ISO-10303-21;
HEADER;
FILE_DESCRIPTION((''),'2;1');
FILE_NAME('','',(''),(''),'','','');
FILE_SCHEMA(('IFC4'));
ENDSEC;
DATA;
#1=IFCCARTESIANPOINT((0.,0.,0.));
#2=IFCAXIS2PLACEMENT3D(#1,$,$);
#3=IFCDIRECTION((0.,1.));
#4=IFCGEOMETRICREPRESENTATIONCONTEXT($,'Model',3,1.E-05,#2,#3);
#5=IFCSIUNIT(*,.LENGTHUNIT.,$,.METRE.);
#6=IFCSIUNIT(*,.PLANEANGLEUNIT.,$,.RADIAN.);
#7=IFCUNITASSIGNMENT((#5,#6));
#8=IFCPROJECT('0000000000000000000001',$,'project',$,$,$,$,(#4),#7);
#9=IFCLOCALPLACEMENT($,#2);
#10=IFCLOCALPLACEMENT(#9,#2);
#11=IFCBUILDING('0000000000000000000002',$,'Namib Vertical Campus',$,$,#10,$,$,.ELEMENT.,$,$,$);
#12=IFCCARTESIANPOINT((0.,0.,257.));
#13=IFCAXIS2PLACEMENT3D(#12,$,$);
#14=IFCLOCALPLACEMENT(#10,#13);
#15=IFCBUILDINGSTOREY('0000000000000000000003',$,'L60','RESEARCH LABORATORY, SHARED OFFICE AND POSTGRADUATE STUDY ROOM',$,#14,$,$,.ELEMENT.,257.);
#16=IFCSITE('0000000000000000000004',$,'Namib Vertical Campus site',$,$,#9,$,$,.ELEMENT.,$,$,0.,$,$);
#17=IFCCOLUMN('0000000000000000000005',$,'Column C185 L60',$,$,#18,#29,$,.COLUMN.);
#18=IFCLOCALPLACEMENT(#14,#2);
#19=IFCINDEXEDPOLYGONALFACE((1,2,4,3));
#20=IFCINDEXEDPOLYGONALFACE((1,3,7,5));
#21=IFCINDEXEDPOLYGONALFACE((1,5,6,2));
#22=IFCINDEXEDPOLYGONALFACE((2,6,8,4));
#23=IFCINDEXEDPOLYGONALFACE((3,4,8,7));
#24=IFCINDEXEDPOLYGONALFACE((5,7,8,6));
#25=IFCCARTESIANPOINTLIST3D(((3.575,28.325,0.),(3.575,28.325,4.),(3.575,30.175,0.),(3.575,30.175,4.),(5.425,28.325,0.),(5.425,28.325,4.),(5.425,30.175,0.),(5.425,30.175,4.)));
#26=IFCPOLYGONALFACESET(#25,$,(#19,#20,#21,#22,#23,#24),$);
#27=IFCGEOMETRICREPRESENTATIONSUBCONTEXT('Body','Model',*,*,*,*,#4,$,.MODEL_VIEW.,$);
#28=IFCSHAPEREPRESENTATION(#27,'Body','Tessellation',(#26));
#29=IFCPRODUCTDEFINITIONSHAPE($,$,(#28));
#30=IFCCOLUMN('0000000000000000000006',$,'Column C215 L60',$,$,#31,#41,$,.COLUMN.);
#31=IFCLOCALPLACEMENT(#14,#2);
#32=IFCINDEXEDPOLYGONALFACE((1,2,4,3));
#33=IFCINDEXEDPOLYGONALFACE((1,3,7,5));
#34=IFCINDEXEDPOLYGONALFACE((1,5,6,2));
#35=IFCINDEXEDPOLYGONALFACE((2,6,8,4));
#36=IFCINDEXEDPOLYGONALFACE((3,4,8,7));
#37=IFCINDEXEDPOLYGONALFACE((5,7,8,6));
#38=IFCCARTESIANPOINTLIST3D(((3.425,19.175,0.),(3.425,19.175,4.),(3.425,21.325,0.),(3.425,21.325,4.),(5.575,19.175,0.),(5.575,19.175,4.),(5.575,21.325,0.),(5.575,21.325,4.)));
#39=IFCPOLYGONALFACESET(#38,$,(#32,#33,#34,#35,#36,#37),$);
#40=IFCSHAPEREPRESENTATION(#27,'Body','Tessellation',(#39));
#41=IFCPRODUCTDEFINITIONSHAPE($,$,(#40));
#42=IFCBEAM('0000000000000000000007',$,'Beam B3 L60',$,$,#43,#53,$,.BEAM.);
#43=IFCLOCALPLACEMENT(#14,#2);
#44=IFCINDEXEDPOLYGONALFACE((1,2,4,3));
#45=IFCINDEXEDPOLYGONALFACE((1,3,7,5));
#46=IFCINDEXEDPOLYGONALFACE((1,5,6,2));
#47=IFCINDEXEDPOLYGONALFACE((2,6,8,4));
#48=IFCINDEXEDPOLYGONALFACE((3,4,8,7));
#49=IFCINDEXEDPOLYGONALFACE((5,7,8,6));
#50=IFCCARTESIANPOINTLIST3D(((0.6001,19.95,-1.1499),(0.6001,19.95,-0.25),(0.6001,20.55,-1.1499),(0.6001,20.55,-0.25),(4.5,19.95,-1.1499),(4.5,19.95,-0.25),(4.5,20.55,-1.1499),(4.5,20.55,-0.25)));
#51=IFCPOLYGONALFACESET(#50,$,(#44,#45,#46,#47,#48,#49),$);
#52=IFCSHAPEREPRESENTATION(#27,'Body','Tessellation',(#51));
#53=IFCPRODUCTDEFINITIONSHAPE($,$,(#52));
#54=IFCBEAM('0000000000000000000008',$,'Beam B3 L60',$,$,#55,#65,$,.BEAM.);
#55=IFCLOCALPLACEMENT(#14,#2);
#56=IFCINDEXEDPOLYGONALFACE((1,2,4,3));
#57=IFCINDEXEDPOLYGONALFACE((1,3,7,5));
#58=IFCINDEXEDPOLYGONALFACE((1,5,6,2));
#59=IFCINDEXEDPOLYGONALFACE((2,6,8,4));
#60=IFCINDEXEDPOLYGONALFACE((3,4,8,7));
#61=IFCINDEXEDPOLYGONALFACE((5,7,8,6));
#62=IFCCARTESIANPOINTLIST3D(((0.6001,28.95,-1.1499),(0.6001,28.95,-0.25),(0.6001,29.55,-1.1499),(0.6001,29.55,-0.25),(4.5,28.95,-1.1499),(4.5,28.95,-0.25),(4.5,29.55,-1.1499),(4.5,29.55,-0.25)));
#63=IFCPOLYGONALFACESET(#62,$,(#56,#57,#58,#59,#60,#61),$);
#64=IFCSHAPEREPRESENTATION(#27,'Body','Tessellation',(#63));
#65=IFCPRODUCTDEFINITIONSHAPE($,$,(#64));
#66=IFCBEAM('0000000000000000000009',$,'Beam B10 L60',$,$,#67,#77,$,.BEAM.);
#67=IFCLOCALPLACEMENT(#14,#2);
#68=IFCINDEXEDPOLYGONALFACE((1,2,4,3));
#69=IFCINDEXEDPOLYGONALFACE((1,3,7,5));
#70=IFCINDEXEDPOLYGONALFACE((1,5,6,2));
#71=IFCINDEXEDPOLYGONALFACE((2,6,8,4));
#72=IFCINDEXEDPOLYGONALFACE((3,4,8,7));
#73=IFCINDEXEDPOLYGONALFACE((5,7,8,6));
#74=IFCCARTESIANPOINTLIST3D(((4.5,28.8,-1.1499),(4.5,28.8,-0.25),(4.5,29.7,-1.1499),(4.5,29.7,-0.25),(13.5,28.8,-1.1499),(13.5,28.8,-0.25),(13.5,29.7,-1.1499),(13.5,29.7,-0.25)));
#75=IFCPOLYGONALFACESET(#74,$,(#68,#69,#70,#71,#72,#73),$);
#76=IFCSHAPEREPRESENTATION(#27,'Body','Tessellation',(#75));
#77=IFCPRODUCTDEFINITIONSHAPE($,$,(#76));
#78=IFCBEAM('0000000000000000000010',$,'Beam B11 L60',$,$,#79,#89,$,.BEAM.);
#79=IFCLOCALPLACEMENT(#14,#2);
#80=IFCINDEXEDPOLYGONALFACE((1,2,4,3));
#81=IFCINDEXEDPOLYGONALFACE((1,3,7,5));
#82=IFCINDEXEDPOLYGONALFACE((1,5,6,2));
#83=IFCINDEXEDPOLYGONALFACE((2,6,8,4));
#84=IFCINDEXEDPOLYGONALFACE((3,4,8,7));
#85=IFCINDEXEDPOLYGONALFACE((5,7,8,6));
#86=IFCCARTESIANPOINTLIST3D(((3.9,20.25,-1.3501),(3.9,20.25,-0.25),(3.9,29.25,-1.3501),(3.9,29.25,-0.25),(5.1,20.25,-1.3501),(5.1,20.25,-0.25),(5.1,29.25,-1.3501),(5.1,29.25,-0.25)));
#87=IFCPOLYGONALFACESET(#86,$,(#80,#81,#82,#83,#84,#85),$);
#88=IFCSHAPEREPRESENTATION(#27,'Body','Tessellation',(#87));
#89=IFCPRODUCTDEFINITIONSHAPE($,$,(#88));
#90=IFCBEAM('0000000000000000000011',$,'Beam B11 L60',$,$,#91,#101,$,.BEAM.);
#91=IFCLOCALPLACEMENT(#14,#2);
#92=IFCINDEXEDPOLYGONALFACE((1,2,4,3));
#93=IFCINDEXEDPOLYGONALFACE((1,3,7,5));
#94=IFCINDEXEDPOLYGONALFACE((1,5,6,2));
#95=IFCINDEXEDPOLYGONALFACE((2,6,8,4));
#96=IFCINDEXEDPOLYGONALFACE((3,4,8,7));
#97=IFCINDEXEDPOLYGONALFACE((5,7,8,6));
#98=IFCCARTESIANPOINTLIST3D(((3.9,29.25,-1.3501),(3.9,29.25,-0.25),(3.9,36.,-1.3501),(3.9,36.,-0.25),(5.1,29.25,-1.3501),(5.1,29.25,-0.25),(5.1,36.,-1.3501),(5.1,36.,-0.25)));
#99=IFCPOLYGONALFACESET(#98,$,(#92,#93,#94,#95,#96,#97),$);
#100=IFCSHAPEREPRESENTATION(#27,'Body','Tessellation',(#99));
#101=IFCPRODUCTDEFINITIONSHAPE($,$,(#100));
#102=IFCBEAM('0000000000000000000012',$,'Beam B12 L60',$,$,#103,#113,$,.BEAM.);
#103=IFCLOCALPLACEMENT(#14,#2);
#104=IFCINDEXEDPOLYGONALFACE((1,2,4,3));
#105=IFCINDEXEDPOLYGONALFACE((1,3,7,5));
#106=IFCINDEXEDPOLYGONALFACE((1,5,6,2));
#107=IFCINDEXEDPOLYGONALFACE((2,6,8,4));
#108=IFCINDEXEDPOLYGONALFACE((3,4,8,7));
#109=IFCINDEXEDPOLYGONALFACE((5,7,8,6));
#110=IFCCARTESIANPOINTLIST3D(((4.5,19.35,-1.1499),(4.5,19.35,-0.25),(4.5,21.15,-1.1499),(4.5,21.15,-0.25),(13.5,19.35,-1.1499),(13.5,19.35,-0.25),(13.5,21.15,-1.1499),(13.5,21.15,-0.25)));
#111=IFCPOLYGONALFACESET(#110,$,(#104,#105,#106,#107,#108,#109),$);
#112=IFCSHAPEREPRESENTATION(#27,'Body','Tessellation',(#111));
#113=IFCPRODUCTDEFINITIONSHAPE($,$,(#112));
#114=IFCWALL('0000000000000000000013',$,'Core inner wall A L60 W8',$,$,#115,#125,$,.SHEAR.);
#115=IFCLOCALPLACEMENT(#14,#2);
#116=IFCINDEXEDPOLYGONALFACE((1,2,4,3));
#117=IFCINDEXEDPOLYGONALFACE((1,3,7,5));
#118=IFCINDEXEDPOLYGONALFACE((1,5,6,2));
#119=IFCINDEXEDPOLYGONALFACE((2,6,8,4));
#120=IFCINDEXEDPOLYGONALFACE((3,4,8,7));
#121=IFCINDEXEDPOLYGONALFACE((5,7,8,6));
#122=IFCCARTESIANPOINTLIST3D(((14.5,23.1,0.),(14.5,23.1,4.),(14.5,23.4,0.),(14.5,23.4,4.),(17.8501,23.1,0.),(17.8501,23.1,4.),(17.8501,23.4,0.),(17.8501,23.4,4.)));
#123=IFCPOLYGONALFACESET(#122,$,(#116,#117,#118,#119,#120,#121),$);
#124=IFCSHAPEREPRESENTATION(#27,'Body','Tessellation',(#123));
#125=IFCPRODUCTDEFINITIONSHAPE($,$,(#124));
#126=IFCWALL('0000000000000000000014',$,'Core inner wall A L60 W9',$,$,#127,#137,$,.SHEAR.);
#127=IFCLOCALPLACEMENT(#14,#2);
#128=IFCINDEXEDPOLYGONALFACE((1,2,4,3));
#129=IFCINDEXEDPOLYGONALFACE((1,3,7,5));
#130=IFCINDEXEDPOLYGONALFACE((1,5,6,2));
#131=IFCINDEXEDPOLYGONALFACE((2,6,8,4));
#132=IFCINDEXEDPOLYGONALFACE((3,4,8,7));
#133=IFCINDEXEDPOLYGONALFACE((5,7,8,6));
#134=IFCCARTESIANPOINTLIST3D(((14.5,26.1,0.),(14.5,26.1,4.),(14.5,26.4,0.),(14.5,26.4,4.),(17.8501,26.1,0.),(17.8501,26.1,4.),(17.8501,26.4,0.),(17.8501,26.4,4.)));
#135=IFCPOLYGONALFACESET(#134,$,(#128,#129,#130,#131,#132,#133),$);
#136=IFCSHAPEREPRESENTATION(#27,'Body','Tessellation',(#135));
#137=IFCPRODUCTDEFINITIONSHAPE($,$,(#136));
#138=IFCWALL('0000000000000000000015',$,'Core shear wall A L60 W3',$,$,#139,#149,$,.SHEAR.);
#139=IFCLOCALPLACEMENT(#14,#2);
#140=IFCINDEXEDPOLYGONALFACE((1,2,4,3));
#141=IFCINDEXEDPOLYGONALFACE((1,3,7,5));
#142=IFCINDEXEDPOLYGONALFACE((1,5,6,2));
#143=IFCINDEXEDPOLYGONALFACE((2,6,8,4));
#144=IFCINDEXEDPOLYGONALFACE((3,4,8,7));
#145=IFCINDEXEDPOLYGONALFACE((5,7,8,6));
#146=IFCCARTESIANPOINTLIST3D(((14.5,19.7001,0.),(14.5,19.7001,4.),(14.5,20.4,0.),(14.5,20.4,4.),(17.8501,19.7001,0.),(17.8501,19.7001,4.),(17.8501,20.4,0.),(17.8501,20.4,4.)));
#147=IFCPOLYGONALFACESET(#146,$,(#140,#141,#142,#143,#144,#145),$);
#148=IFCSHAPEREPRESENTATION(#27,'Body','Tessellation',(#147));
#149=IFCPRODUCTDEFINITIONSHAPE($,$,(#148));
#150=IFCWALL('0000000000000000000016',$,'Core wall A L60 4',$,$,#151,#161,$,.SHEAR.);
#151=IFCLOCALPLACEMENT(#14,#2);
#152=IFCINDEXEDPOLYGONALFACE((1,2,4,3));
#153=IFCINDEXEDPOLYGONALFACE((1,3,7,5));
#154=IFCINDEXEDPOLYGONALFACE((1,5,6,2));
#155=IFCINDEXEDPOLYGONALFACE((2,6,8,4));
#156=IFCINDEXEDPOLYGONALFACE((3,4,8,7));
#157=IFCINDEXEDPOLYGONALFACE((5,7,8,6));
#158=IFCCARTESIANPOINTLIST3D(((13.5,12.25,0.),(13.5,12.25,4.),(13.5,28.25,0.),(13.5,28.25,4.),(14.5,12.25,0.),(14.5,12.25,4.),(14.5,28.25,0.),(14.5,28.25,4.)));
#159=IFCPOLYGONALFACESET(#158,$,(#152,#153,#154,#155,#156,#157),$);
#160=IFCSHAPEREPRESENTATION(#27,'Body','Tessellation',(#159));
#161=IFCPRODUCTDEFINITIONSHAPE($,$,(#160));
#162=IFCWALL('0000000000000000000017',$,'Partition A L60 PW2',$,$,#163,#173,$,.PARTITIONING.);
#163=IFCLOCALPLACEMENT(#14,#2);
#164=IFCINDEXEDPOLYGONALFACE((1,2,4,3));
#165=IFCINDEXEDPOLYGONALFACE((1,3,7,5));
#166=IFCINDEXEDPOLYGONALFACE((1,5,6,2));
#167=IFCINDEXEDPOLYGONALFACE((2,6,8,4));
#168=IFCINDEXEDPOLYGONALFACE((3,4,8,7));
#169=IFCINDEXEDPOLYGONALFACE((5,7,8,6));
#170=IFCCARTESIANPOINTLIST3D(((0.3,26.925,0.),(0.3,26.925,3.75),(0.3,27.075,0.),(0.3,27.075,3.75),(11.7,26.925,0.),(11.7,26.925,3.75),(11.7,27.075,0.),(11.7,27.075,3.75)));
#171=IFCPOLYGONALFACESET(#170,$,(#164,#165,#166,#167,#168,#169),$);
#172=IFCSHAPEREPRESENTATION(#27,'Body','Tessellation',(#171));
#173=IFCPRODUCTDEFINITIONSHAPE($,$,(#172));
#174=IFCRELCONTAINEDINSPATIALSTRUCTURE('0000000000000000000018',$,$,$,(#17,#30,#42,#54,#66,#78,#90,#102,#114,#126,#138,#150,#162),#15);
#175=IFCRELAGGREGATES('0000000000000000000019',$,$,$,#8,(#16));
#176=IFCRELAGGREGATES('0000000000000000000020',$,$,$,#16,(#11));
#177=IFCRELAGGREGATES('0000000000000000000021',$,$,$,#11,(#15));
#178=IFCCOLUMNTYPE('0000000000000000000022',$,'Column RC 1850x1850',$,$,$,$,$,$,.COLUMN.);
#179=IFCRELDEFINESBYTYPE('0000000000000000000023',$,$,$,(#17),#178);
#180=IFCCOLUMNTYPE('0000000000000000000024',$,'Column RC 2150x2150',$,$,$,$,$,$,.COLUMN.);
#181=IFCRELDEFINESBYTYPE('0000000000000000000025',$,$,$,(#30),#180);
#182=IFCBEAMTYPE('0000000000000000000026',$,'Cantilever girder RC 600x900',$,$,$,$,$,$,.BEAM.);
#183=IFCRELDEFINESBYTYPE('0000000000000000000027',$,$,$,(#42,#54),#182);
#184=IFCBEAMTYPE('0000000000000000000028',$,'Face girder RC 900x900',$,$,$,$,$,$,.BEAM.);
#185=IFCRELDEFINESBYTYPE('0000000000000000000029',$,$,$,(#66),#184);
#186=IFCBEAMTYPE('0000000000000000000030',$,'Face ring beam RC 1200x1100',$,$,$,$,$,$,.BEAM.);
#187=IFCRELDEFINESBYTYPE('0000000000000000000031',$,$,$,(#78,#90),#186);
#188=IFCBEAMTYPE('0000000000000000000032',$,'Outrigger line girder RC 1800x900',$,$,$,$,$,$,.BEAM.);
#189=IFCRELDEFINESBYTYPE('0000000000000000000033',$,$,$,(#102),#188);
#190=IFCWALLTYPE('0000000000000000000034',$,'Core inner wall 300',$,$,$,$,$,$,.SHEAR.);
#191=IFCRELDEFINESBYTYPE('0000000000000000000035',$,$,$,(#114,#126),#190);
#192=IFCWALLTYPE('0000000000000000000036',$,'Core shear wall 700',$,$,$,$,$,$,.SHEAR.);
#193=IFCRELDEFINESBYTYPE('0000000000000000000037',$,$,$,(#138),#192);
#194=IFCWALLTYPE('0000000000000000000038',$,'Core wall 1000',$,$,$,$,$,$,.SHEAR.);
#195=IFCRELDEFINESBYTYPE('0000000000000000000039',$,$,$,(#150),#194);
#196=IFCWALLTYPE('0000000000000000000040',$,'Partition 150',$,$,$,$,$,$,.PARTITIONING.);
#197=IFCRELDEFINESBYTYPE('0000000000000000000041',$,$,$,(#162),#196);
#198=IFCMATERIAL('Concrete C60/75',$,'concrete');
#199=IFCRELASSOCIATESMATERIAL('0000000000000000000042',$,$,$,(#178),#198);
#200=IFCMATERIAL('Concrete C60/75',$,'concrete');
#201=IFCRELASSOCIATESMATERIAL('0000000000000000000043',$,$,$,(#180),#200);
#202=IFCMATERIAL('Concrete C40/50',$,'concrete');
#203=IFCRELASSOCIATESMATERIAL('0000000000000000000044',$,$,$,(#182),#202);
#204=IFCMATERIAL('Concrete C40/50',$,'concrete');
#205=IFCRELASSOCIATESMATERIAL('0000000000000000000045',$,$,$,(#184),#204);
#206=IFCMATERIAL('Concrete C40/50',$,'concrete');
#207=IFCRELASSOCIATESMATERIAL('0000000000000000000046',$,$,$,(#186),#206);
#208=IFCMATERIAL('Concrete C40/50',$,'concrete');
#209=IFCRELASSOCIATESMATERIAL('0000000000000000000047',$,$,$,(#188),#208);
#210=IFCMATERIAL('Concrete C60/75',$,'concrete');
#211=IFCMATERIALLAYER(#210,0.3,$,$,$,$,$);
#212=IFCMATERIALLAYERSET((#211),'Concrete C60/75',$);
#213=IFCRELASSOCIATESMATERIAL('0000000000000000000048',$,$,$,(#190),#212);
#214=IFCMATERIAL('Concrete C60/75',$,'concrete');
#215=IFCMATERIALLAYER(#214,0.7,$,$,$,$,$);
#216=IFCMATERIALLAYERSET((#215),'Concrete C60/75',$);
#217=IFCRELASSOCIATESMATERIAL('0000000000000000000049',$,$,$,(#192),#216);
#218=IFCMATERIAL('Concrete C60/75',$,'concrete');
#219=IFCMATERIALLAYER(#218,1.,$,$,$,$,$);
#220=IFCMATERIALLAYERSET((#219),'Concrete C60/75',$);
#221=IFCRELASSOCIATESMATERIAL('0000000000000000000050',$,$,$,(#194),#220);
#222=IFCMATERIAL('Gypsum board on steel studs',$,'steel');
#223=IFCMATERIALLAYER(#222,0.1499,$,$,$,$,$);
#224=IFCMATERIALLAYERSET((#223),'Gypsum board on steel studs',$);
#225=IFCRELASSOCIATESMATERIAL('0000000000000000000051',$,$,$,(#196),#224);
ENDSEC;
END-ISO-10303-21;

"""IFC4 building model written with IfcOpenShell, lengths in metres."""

from ifc_helpers import new_model, si_unit, direction, frame, frame_2d, origin, origin_2d, place, context, subcontext, project, spatial, rectangle, extrude, material, layer, layer_set, material_profile, profile_set, type_object, element, save


model = new_model("IFC4")

# Units and contexts
model_context = context("Model", 3, precision=1e-05, world=origin(), true_north=direction((0.0, 1.0)))
body_context = subcontext(model_context, "Body", "Model", "MODEL_VIEW")
ifc_project = project(units=[si_unit("LENGTHUNIT", "METRE"), si_unit("PLANEANGLEUNIT", "RADIAN")], contexts=[model_context])

# Site, building, storey
site_placement = place(None, origin())
site = spatial("IfcSite", under=ifc_project, at=site_placement, Name="Namib Vertical Campus site", CompositionType="ELEMENT", RefElevation=0.0)
building_placement = place(site_placement, origin())
building = spatial("IfcBuilding", under=site, at=building_placement, Name="Namib Vertical Campus", CompositionType="ELEMENT")
storey_placement = place(building_placement, frame((0.0, 0.0, 257.0)))
storey = spatial("IfcBuildingStorey", under=building, at=storey_placement, Name="L60", Description="RESEARCH LABORATORY, SHARED OFFICE AND POSTGRADUATE STUDY ROOM", CompositionType="ELEMENT", Elevation=257.0)

# Columns
ifc_material_1 = material(Name="Concrete C60/75", Category="concrete")
ifc_material_profile_1 = material_profile(ifc_material_1, rectangle(XDim=1.8501, YDim=1.8501, at=origin_2d()))
ifc_profile_set_1 = profile_set([ifc_material_profile_1], Name="Concrete C60/75")
column_type_1 = type_object("IfcColumnType", Name="Column RC 1850x1850", PredefinedType="COLUMN", material=ifc_profile_set_1)
column_1_placement = place(storey_placement, frame((4.5, 29.25, 0.0), z_axis=(0.0, 0.0, 1.0), x_axis=(1.0, 0.0, 0.0)))
element("IfcColumn", 1, at=column_1_placement, inside=storey, type_object=column_type_1, Name="Column C185 L60", PredefinedType="COLUMN", context=body_context, shape_type="SweptSolid", body=[
    extrude(rectangle(XDim=1.8501, YDim=1.8501, at=origin_2d()), origin(), (0.0, 0.0, 1.0), 4.0),
])
ifc_material_2 = material(Name="Concrete C60/75", Category="concrete")
ifc_material_profile_2 = material_profile(ifc_material_2, rectangle(XDim=2.1499, YDim=2.1499, at=origin_2d()))
ifc_profile_set_2 = profile_set([ifc_material_profile_2], Name="Concrete C60/75")
column_type_2 = type_object("IfcColumnType", Name="Column RC 2150x2150", PredefinedType="COLUMN", material=ifc_profile_set_2)
column_2_placement = place(storey_placement, frame((4.5, 20.25, 0.0), z_axis=(0.0, 0.0, 1.0), x_axis=(1.0, 0.0, 0.0)))
element("IfcColumn", 2, at=column_2_placement, inside=storey, type_object=column_type_2, Name="Column C215 L60", PredefinedType="COLUMN", context=body_context, shape_type="SweptSolid", body=[
    extrude(rectangle(XDim=2.1499, YDim=2.1499, at=origin_2d()), origin(), (0.0, 0.0, 1.0), 4.0),
])

# Beams
ifc_material_3 = material(Name="Concrete C40/50", Category="concrete")
ifc_material_profile_3 = material_profile(ifc_material_3, rectangle(XDim=0.6001, YDim=0.8999, at=origin_2d()))
ifc_profile_set_3 = profile_set([ifc_material_profile_3], Name="Concrete C40/50")
beam_type_1 = type_object("IfcBeamType", Name="Cantilever girder RC 600x900", PredefinedType="BEAM", material=ifc_profile_set_3)
for number, where, z_axis, x_axis, name in (
    (3, (4.5, 20.25, -0.7), (-1.0, 0.0, 0.0), (0.0, -1.0, 0.0), "Beam B3 L60"),
    (4, (4.5, 29.25, -0.7), (-1.0, 0.0, 0.0), (0.0, -1.0, 0.0), "Beam B3 L60"),
):
    element("IfcBeam", number, at=place(storey_placement, frame(where, z_axis=z_axis, x_axis=x_axis)), inside=storey, type_object=beam_type_1, Name=name, PredefinedType="BEAM", context=body_context, shape_type="SweptSolid", body=[
        extrude(rectangle(XDim=0.6001, YDim=0.8999, at=origin_2d()), origin(), (0.0, 0.0, 1.0), 3.8999),
    ])
ifc_material_4 = material(Name="Concrete C40/50", Category="concrete")
ifc_material_profile_4 = material_profile(ifc_material_4, rectangle(XDim=0.8999, YDim=0.8999, at=origin_2d()))
ifc_profile_set_4 = profile_set([ifc_material_profile_4], Name="Concrete C40/50")
beam_type_2 = type_object("IfcBeamType", Name="Face girder RC 900x900", PredefinedType="BEAM", material=ifc_profile_set_4)
beam_1_placement = place(storey_placement, frame((4.5, 29.25, -0.7), z_axis=(1.0, 0.0, 0.0), x_axis=(0.0, 1.0, 0.0)))
element("IfcBeam", 5, at=beam_1_placement, inside=storey, type_object=beam_type_2, Name="Beam B10 L60", PredefinedType="BEAM", context=body_context, shape_type="SweptSolid", body=[
    extrude(rectangle(XDim=0.8999, YDim=0.8999, at=origin_2d()), origin(), (0.0, 0.0, 1.0), 9.0),
])
ifc_material_5 = material(Name="Concrete C40/50", Category="concrete")
ifc_material_profile_5 = material_profile(ifc_material_5, rectangle(XDim=1.2, YDim=1.1001, at=origin_2d()))
ifc_profile_set_5 = profile_set([ifc_material_profile_5], Name="Concrete C40/50")
beam_type_3 = type_object("IfcBeamType", Name="Face ring beam RC 1200x1100", PredefinedType="BEAM", material=ifc_profile_set_5)
beam_2_placement = place(storey_placement, frame((4.5, 20.25, -0.8), z_axis=(0.0, 1.0, 0.0), x_axis=(-1.0, 0.0, 0.0)))
element("IfcBeam", 6, at=beam_2_placement, inside=storey, type_object=beam_type_3, Name="Beam B11 L60", PredefinedType="BEAM", context=body_context, shape_type="SweptSolid", body=[
    extrude(rectangle(XDim=1.2, YDim=1.1001, at=origin_2d()), origin(), (0.0, 0.0, 1.0), 9.0),
])
beam_3_placement = place(storey_placement, frame((4.5, 29.25, -0.8), z_axis=(0.0, 1.0, 0.0), x_axis=(-1.0, 0.0, 0.0)))
element("IfcBeam", 7, at=beam_3_placement, inside=storey, type_object=beam_type_3, Name="Beam B11 L60", PredefinedType="BEAM", context=body_context, shape_type="SweptSolid", body=[
    extrude(rectangle(XDim=1.2, YDim=1.1001, at=origin_2d()), origin(), (0.0, 0.0, 1.0), 6.75),
])
ifc_material_6 = material(Name="Concrete C40/50", Category="concrete")
ifc_material_profile_6 = material_profile(ifc_material_6, rectangle(XDim=1.8, YDim=0.8999, at=origin_2d()))
ifc_profile_set_6 = profile_set([ifc_material_profile_6], Name="Concrete C40/50")
beam_type_4 = type_object("IfcBeamType", Name="Outrigger line girder RC 1800x900", PredefinedType="BEAM", material=ifc_profile_set_6)
beam_4_placement = place(storey_placement, frame((4.5, 20.25, -0.7), z_axis=(1.0, 0.0, 0.0), x_axis=(0.0, 1.0, 0.0)))
element("IfcBeam", 8, at=beam_4_placement, inside=storey, type_object=beam_type_4, Name="Beam B12 L60", PredefinedType="BEAM", context=body_context, shape_type="SweptSolid", body=[
    extrude(rectangle(XDim=1.8, YDim=0.8999, at=origin_2d()), origin(), (0.0, 0.0, 1.0), 9.0),
])

# Walls
ifc_material_7 = material(Name="Concrete C60/75", Category="concrete")
ifc_layer_1 = layer(ifc_material_7, 0.3)
ifc_layer_set_1 = layer_set([ifc_layer_1], Name="Concrete C60/75")
wall_type_1 = type_object("IfcWallType", Name="Core inner wall 300", PredefinedType="SHEAR", material=ifc_layer_set_1)
for number, where, z_axis, x_axis, name in (
    (9, (14.5, 23.25, 0.0), (0.0, 0.0, 1.0), (1.0, 0.0, 0.0), "Core inner wall A L60 W8"),
    (10, (14.5, 26.25, 0.0), (0.0, 0.0, 1.0), (1.0, 0.0, 0.0), "Core inner wall A L60 W9"),
):
    element("IfcWall", number, at=place(storey_placement, frame(where, z_axis=z_axis, x_axis=x_axis)), inside=storey, type_object=wall_type_1, Name=name, PredefinedType="SHEAR", context=body_context, shape_type="SweptSolid", body=[
        extrude(rectangle(XDim=3.3501, YDim=0.3, at=frame_2d((1.675, 0.0))), origin(), (0.0, 0.0, 1.0), 4.0),
    ])
ifc_material_8 = material(Name="Concrete C60/75", Category="concrete")
ifc_layer_2 = layer(ifc_material_8, 0.7)
ifc_layer_set_2 = layer_set([ifc_layer_2], Name="Concrete C60/75")
wall_type_2 = type_object("IfcWallType", Name="Core shear wall 700", PredefinedType="SHEAR", material=ifc_layer_set_2)
wall_1_placement = place(storey_placement, frame((14.5, 20.05, 0.0), z_axis=(0.0, 0.0, 1.0), x_axis=(1.0, 0.0, 0.0)))
element("IfcWall", 11, at=wall_1_placement, inside=storey, type_object=wall_type_2, Name="Core shear wall A L60 W3", PredefinedType="SHEAR", context=body_context, shape_type="SweptSolid", body=[
    extrude(rectangle(XDim=3.3501, YDim=0.7, at=frame_2d((1.675, 0.0))), origin(), (0.0, 0.0, 1.0), 4.0),
])
ifc_material_9 = material(Name="Concrete C60/75", Category="concrete")
ifc_layer_3 = layer(ifc_material_9, 1.0)
ifc_layer_set_3 = layer_set([ifc_layer_3], Name="Concrete C60/75")
wall_type_3 = type_object("IfcWallType", Name="Core wall 1000", PredefinedType="SHEAR", material=ifc_layer_set_3)
wall_2_placement = place(storey_placement, frame((14.0, 28.25, 0.0), z_axis=(0.0, 0.0, 1.0), x_axis=(0.0, -1.0, 0.0)))
element("IfcWall", 12, at=wall_2_placement, inside=storey, type_object=wall_type_3, Name="Core wall A L60 4", PredefinedType="SHEAR", context=body_context, shape_type="SweptSolid", body=[
    extrude(rectangle(XDim=16.0, YDim=1.0, at=frame_2d((8.0, 0.0))), origin(), (0.0, 0.0, 1.0), 4.0),
])
ifc_material_10 = material(Name="Gypsum board on steel studs", Category="steel")
ifc_layer_4 = layer(ifc_material_10, 0.1499)
ifc_layer_set_4 = layer_set([ifc_layer_4], Name="Gypsum board on steel studs")
wall_type_4 = type_object("IfcWallType", Name="Partition 150", PredefinedType="PARTITIONING", material=ifc_layer_set_4)
wall_3_placement = place(storey_placement, frame((0.3, 27.0, 0.0), z_axis=(0.0, 0.0, 1.0), x_axis=(1.0, 0.0, 0.0)))
element("IfcWall", 13, at=wall_3_placement, inside=storey, type_object=wall_type_4, Name="Partition A L60 PW2", PredefinedType="PARTITIONING", context=body_context, shape_type="SweptSolid", body=[
    extrude(rectangle(XDim=11.3999, YDim=0.1499, at=frame_2d((5.7, 0.0))), origin(), (0.0, 0.0, 1.0), 3.75),
])

save(model, "model.ifc")
